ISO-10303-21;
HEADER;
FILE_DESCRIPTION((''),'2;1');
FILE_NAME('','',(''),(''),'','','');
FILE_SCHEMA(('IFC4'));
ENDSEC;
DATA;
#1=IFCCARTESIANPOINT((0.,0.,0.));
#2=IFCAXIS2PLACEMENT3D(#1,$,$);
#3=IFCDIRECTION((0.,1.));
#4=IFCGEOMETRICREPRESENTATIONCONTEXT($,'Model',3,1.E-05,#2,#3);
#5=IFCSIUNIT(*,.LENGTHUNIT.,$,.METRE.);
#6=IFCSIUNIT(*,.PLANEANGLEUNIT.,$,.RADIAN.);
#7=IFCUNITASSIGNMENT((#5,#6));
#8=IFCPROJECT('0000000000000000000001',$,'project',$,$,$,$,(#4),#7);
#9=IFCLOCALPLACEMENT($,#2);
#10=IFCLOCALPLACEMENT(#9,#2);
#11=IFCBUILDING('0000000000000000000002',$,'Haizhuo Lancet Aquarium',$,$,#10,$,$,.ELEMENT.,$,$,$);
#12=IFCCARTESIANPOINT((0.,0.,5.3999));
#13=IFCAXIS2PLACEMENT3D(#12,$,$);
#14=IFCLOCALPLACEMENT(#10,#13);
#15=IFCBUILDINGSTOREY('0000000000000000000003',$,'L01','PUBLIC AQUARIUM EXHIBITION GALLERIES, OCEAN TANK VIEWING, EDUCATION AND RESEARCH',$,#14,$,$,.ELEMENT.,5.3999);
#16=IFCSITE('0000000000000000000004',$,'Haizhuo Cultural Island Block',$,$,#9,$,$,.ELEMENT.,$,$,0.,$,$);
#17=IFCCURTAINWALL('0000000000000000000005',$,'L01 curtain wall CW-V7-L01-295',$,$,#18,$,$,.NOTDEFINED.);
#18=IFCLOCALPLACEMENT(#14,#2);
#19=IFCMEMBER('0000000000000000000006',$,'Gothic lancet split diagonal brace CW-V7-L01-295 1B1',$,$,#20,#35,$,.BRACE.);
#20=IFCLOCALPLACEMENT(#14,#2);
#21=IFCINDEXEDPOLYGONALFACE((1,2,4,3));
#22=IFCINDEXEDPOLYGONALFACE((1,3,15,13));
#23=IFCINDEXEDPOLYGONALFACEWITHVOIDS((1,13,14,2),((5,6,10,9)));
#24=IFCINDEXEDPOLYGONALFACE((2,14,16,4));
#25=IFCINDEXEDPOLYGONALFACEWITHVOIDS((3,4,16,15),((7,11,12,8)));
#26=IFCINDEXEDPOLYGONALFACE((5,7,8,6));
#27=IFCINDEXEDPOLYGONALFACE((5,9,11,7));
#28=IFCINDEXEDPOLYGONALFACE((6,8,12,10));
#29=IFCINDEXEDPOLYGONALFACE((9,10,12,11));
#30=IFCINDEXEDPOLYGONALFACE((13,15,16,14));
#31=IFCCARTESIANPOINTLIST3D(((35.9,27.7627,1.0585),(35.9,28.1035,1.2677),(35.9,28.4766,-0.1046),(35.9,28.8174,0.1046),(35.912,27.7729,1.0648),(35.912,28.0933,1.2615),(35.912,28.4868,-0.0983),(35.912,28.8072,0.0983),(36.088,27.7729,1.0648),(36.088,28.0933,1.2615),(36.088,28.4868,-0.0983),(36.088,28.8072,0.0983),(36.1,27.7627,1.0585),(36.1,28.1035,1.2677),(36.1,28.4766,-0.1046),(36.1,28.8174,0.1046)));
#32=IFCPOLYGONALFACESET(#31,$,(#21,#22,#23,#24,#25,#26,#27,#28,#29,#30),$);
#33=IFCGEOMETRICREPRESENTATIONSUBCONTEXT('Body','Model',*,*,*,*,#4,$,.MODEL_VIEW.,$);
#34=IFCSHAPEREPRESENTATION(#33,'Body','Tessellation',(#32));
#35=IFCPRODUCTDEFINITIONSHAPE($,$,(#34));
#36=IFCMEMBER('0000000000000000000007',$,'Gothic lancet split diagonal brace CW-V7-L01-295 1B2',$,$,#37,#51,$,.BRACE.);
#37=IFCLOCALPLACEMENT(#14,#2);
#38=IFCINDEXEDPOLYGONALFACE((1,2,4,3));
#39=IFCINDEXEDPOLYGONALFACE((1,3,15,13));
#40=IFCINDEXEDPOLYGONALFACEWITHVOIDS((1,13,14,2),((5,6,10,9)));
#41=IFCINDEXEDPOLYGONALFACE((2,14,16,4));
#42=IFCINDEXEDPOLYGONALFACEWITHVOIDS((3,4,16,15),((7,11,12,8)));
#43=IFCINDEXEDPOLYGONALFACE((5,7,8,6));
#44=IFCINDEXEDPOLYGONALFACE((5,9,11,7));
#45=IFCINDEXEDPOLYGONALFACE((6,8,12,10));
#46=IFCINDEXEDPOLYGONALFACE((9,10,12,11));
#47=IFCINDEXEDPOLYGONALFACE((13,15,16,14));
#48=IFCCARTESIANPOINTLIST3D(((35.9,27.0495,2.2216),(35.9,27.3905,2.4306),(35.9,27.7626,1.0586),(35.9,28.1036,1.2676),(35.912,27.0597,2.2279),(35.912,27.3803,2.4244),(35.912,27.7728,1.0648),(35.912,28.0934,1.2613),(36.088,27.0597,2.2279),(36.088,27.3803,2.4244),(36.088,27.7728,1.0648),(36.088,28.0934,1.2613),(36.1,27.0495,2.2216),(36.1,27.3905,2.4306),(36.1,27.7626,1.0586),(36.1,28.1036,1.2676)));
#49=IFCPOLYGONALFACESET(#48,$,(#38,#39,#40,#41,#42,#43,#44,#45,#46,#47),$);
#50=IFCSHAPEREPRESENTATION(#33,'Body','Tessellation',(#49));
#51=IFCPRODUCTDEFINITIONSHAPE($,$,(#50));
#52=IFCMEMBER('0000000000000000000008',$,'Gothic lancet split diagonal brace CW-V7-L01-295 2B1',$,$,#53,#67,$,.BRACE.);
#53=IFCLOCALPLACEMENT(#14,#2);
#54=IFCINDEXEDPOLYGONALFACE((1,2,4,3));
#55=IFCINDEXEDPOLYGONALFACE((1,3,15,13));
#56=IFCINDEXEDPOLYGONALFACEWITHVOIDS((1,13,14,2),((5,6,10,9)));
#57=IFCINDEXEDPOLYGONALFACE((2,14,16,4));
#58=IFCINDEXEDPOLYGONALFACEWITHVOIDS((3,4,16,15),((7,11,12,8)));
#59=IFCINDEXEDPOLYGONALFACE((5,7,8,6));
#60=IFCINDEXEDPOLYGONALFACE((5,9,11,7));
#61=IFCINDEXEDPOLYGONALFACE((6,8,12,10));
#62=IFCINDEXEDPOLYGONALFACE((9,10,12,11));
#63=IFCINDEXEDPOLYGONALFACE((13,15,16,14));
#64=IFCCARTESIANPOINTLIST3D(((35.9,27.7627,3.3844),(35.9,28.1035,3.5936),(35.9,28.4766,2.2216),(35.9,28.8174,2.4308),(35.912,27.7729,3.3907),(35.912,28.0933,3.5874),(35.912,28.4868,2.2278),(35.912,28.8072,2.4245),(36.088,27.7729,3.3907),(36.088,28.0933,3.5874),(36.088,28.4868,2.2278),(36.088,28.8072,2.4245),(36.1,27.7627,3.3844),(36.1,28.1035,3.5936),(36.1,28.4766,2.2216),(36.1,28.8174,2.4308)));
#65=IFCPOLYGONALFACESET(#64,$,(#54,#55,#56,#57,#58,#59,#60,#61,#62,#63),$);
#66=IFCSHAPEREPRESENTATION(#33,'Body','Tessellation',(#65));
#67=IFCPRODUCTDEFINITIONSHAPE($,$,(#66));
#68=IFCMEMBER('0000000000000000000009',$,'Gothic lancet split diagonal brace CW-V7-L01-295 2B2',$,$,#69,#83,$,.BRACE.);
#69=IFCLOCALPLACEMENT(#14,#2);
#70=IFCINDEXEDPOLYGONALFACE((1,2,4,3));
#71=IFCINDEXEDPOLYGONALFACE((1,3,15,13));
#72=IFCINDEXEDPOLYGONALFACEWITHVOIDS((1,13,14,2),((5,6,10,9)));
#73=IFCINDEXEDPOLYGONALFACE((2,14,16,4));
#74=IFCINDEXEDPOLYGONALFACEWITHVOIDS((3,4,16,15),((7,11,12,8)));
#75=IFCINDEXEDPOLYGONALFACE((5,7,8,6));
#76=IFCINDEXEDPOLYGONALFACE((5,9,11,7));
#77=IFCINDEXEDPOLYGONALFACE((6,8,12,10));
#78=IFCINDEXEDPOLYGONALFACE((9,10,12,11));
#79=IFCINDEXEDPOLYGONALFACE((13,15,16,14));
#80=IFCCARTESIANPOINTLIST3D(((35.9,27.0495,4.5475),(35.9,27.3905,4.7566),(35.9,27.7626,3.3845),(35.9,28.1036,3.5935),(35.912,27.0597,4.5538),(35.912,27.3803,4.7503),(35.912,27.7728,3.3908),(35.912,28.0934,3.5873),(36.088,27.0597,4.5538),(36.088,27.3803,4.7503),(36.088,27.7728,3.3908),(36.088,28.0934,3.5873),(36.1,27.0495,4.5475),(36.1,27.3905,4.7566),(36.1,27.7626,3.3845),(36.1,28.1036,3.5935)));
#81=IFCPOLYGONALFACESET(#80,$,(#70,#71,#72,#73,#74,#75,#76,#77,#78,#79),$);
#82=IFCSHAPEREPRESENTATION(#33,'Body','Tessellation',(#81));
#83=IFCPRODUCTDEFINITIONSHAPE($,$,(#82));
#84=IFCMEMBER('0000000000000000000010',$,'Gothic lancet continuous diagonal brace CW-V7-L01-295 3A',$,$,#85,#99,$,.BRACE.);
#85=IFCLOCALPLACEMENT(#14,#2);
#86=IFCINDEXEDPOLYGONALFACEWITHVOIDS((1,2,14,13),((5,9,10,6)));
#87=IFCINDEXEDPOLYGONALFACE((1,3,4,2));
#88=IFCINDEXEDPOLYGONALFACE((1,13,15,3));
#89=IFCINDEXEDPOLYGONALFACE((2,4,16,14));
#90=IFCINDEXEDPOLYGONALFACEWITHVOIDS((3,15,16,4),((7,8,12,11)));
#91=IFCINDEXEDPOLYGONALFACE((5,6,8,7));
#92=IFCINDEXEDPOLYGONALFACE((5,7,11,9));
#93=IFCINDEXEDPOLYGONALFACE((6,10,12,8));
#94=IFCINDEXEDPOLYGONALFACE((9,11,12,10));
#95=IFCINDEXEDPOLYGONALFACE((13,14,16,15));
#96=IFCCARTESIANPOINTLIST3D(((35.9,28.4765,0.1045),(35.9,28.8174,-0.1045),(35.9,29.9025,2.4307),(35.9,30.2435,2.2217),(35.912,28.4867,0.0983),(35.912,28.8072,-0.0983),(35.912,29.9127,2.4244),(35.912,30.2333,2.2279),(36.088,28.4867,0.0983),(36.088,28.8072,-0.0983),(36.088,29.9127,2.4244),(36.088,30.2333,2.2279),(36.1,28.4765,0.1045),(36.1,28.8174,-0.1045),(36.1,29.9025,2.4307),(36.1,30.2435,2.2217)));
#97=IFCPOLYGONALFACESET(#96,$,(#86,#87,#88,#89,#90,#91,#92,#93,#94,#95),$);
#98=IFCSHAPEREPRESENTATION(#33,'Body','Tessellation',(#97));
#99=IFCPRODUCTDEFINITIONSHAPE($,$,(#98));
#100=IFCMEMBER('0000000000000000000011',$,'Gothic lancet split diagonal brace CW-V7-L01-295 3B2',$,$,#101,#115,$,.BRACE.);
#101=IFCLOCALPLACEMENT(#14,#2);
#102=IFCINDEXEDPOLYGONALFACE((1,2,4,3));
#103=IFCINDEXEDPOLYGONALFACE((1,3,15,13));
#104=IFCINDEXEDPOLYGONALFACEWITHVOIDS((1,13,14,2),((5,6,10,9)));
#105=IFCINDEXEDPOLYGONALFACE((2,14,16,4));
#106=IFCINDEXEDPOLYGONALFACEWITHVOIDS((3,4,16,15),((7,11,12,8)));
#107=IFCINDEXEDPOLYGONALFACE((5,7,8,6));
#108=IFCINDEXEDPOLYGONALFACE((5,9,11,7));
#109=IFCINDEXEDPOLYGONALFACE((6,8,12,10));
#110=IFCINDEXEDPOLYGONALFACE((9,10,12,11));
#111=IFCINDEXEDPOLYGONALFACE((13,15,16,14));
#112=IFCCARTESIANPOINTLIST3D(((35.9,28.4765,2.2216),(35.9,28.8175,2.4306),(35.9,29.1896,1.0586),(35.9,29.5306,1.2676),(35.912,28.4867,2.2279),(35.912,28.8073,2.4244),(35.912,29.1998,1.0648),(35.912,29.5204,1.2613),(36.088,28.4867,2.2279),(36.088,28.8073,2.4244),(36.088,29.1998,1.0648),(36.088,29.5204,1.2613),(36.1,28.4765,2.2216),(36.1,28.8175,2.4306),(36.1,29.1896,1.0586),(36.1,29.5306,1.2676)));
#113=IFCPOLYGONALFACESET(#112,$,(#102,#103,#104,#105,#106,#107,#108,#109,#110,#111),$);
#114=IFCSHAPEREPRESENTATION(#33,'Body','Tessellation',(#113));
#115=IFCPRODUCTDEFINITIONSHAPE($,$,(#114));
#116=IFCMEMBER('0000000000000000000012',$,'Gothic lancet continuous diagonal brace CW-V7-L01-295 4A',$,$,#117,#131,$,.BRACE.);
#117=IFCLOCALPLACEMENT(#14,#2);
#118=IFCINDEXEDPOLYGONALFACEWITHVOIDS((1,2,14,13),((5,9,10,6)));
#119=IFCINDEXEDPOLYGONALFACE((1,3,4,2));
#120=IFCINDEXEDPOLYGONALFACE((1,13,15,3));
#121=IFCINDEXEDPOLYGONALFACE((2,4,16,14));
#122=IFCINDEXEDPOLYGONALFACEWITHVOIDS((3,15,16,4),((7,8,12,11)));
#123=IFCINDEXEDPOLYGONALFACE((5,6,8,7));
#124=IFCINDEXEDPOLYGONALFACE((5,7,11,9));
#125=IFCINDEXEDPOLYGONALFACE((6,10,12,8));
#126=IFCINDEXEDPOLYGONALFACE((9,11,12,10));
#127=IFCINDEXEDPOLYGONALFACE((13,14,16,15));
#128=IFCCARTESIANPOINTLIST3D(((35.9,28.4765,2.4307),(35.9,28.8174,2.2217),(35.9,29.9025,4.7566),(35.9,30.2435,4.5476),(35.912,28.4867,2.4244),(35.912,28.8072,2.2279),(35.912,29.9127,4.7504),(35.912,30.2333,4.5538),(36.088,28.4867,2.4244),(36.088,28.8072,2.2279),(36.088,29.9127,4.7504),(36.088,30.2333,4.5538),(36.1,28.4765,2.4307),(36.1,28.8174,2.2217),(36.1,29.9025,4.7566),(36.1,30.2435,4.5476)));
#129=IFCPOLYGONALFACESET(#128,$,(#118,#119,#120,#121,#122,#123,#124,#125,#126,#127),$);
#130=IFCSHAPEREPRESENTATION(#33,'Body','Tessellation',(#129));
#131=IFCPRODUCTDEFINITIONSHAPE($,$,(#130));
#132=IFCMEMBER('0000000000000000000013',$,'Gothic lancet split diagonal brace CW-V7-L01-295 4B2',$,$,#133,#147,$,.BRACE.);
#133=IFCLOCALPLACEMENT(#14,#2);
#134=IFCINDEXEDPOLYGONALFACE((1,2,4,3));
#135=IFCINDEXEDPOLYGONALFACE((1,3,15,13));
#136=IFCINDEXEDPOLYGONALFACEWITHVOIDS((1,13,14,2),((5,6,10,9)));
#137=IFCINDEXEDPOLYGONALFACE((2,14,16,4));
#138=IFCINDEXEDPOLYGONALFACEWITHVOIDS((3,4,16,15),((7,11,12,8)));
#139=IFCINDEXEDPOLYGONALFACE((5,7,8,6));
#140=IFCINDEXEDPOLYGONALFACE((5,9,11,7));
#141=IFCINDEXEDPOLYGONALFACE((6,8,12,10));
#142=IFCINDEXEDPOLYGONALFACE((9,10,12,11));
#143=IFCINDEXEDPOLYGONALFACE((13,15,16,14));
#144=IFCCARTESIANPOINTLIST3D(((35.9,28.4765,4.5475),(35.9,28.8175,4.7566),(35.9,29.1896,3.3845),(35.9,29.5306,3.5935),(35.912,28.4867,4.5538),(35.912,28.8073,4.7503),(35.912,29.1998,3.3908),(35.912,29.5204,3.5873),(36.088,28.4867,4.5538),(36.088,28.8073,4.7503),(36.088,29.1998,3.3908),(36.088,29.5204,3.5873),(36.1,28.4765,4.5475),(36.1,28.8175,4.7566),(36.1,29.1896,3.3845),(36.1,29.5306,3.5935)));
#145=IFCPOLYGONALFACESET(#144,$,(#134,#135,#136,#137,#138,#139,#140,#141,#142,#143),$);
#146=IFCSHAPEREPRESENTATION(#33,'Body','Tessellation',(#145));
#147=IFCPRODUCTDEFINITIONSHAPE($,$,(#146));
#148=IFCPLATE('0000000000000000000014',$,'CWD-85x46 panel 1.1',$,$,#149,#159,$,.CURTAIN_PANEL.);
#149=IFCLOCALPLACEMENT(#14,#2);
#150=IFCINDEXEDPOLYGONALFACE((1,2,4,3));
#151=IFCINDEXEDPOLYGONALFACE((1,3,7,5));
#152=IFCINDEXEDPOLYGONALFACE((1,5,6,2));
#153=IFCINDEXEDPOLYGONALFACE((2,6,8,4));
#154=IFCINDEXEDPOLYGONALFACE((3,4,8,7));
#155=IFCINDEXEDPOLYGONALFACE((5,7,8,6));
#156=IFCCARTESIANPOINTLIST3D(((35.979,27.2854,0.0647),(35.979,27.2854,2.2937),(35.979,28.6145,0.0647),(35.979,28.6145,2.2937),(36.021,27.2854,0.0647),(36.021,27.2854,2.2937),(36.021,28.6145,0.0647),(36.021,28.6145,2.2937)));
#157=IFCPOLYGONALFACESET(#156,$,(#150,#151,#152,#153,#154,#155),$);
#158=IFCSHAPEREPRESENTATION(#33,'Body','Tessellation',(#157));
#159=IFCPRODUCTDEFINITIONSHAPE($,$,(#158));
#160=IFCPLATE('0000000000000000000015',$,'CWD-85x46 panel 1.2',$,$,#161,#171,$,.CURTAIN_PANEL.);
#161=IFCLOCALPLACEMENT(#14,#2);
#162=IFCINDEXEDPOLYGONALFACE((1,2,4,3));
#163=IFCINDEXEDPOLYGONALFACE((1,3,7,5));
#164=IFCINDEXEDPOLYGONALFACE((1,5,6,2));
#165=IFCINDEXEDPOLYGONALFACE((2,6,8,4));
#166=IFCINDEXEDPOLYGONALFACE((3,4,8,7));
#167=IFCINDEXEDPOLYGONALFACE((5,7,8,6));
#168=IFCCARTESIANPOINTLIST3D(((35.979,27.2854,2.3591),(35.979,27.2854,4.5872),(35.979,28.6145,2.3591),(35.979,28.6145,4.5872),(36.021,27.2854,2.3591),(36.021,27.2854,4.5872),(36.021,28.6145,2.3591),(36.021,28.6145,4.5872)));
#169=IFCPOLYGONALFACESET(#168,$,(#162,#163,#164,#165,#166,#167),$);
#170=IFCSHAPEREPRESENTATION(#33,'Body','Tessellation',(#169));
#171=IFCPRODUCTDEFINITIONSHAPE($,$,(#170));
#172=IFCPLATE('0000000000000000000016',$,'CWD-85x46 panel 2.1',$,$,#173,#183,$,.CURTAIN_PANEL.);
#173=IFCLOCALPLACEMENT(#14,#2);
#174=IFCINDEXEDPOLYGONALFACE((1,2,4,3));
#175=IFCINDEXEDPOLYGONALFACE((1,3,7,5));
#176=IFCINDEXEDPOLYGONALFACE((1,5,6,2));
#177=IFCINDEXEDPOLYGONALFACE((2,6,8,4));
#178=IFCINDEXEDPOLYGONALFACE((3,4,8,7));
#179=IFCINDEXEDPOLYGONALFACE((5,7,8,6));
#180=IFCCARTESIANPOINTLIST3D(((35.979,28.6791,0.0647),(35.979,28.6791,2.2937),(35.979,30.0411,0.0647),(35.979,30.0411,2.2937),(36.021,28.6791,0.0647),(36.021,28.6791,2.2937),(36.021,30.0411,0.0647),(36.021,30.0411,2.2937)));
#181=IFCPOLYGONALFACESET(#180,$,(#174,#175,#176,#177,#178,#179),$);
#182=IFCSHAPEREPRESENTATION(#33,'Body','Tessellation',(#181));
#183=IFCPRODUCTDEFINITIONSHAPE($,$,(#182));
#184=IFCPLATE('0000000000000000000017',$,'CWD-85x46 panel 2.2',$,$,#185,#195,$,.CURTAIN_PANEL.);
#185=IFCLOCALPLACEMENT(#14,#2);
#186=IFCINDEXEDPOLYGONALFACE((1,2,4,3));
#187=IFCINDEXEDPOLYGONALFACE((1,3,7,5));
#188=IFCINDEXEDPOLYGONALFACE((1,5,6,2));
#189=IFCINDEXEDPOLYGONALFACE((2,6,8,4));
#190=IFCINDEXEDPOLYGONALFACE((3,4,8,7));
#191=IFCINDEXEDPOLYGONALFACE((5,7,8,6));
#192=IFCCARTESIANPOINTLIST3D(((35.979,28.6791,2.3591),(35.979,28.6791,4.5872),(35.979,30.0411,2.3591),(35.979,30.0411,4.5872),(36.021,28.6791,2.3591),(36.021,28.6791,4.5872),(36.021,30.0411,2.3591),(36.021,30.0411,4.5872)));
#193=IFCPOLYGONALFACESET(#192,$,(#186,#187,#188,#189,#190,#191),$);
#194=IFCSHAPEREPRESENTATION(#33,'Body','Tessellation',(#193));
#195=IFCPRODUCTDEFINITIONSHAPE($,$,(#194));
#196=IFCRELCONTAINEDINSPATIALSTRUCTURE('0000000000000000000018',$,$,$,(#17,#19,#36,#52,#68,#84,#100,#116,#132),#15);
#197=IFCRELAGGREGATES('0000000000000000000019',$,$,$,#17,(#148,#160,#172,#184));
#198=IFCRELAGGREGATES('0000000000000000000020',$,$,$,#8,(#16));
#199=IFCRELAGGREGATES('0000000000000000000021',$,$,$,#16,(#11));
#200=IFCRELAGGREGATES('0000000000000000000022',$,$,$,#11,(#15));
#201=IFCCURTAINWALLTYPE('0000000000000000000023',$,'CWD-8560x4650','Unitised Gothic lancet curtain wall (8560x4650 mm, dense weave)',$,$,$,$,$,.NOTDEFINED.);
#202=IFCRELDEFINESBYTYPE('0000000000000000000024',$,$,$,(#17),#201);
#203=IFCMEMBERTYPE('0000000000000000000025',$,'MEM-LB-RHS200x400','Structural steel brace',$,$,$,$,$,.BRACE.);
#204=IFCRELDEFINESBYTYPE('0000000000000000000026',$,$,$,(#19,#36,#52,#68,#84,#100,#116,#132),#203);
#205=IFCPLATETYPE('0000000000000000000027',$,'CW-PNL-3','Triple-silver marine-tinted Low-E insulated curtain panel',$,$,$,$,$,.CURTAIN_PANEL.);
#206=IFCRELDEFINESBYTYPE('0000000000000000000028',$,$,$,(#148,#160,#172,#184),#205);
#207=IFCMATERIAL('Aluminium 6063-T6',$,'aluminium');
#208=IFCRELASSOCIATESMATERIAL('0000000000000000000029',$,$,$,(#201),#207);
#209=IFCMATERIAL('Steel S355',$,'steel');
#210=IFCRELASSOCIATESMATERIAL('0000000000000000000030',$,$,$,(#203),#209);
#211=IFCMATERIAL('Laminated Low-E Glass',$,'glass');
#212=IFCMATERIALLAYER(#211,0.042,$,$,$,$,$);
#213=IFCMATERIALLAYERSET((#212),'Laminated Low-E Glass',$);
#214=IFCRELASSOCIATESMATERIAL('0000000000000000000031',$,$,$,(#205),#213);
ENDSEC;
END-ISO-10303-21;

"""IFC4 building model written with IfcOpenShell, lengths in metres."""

from ifc_helpers import new_model, si_unit, direction, frame, origin, origin_2d, place, context, subcontext, project, spatial, rectangle, hollow_rectangle, extrude, material, layer, layer_set, material_profile, profile_set, type_object, element, aggregate, save


model = new_model("IFC4")

# Units and contexts
model_context = context("Model", 3, precision=1e-05, world=origin(), true_north=direction((0.0, 1.0)))
body_context = subcontext(model_context, "Body", "Model", "MODEL_VIEW")
ifc_project = project(units=[si_unit("LENGTHUNIT", "METRE"), si_unit("PLANEANGLEUNIT", "RADIAN")], contexts=[model_context])

# Site, building, storey
site_placement = place(None, origin())
site = spatial("IfcSite", under=ifc_project, at=site_placement, Name="Haizhuo Cultural Island Block", CompositionType="ELEMENT", RefElevation=0.0)
building_placement = place(site_placement, origin())
building = spatial("IfcBuilding", under=site, at=building_placement, Name="Haizhuo Lancet Aquarium", CompositionType="ELEMENT")
storey_placement = place(building_placement, frame((0.0, 0.0, 5.3999)))
storey = spatial("IfcBuildingStorey", under=building, at=storey_placement, Name="L01", Description="PUBLIC AQUARIUM EXHIBITION GALLERIES, OCEAN TANK VIEWING, EDUCATION AND RESEARCH", CompositionType="ELEMENT", Elevation=5.3999)

# Shared definitions
ifc_material_1 = material(Name="Steel S355", Category="steel")

# Curtain wall
ifc_material_2 = material(Name="Aluminium 6063-T6", Category="aluminium")
curtain_wall_type = type_object("IfcCurtainWallType", Name="CWD-8560x4650", Description="Unitised Gothic lancet curtain wall (8560x4650 mm, dense weave)", PredefinedType="NOTDEFINED", material=ifc_material_2)
curtain_wall_placement = place(storey_placement, origin())
curtain_wall = element("IfcCurtainWall", 1, at=curtain_wall_placement, inside=storey, type_object=curtain_wall_type, Name="L01 curtain wall CW-V7-L01-295", PredefinedType="NOTDEFINED")

# Members
ifc_material_profile_1 = material_profile(ifc_material_1, hollow_rectangle(XDim=0.2, YDim=0.3999, WallThickness=0.012, at=origin_2d()), Name="RHS 200x400x12")
ifc_profile_set_1 = profile_set([ifc_material_profile_1], Name="Steel S355")
member_type_1 = type_object("IfcMemberType", Name="MEM-LB-RHS200x400", Description="Structural steel brace", PredefinedType="BRACE", material=ifc_profile_set_1)
member_1_placement = place(storey_placement, frame((36.0, 28.647, 0.0), z_axis=(0.0, -0.523099, 0.852272), x_axis=(1.0, 0.0, 0.0)))
element("IfcMember", 2, at=member_1_placement, inside=storey, type_object=member_type_1, Name="Gothic lancet split diagonal brace CW-V7-L01-295 1B1", PredefinedType="BRACE", context=body_context, shape_type="SweptSolid", body=[
    extrude(hollow_rectangle(XDim=0.2, YDim=0.3999, WallThickness=0.012, at=origin_2d()), origin(), (0.0, 0.0, 1.0), 1.3647),
])
member_2_placement = place(storey_placement, frame((36.0, 27.9331, 1.1631), z_axis=(0.0, -0.522709, 0.852511), x_axis=(1.0, 0.0, 0.0)))
element("IfcMember", 3, at=member_2_placement, inside=storey, type_object=member_type_1, Name="Gothic lancet split diagonal brace CW-V7-L01-295 1B2", PredefinedType="BRACE", context=body_context, shape_type="SweptSolid", body=[
    extrude(hollow_rectangle(XDim=0.2, YDim=0.3999, WallThickness=0.012, at=origin_2d()), origin(), (0.0, 0.0, 1.0), 1.3643),
])
member_3_placement = place(storey_placement, frame((36.0, 28.647, 2.3262), z_axis=(0.0, -0.523179, 0.852223), x_axis=(1.0, 0.0, 0.0)))
element("IfcMember", 4, at=member_3_placement, inside=storey, type_object=member_type_1, Name="Gothic lancet split diagonal brace CW-V7-L01-295 2B1", PredefinedType="BRACE", context=body_context, shape_type="SweptSolid", body=[
    extrude(hollow_rectangle(XDim=0.2, YDim=0.3999, WallThickness=0.012, at=origin_2d()), origin(), (0.0, 0.0, 1.0), 1.3645),
])
member_4_placement = place(storey_placement, frame((36.0, 27.9331, 3.489), z_axis=(0.0, -0.522709, 0.852511), x_axis=(1.0, 0.0, 0.0)))
element("IfcMember", 5, at=member_4_placement, inside=storey, type_object=member_type_1, Name="Gothic lancet split diagonal brace CW-V7-L01-295 2B2", PredefinedType="BRACE", context=body_context, shape_type="SweptSolid", body=[
    extrude(hollow_rectangle(XDim=0.2, YDim=0.3999, WallThickness=0.012, at=origin_2d()), origin(), (0.0, 0.0, 1.0), 1.3643),
])
member_5_placement = place(storey_placement, frame((36.0, 28.647, 0.0), z_axis=(0.0, 0.522644, 0.852551), x_axis=(-1.0, 0.0, 0.0)))
element("IfcMember", 6, at=member_5_placement, inside=storey, type_object=member_type_1, Name="Gothic lancet continuous diagonal brace CW-V7-L01-295 3A", PredefinedType="BRACE", context=body_context, shape_type="SweptSolid", body=[
    extrude(hollow_rectangle(XDim=0.2, YDim=0.3999, WallThickness=0.012, at=origin_2d()), origin(), (0.0, 0.0, 1.0), 2.7285),
])
member_6_placement = place(storey_placement, frame((36.0, 29.3601, 1.1631), z_axis=(0.0, -0.522709, 0.852511), x_axis=(1.0, 0.0, 0.0)))
element("IfcMember", 7, at=member_6_placement, inside=storey, type_object=member_type_1, Name="Gothic lancet split diagonal brace CW-V7-L01-295 3B2", PredefinedType="BRACE", context=body_context, shape_type="SweptSolid", body=[
    extrude(hollow_rectangle(XDim=0.2, YDim=0.3999, WallThickness=0.012, at=origin_2d()), origin(), (0.0, 0.0, 1.0), 1.3643),
])
member_7_placement = place(storey_placement, frame((36.0, 28.647, 2.3262), z_axis=(0.0, 0.522684, 0.852527), x_axis=(-1.0, 0.0, 0.0)))
element("IfcMember", 8, at=member_7_placement, inside=storey, type_object=member_type_1, Name="Gothic lancet continuous diagonal brace CW-V7-L01-295 4A", PredefinedType="BRACE", context=body_context, shape_type="SweptSolid", body=[
    extrude(hollow_rectangle(XDim=0.2, YDim=0.3999, WallThickness=0.012, at=origin_2d()), origin(), (0.0, 0.0, 1.0), 2.7283),
])
member_8_placement = place(storey_placement, frame((36.0, 29.3601, 3.489), z_axis=(0.0, -0.522709, 0.852511), x_axis=(1.0, 0.0, 0.0)))
element("IfcMember", 9, at=member_8_placement, inside=storey, type_object=member_type_1, Name="Gothic lancet split diagonal brace CW-V7-L01-295 4B2", PredefinedType="BRACE", context=body_context, shape_type="SweptSolid", body=[
    extrude(hollow_rectangle(XDim=0.2, YDim=0.3999, WallThickness=0.012, at=origin_2d()), origin(), (0.0, 0.0, 1.0), 1.3643),
])

# Plates
ifc_material_3 = material(Name="Laminated Low-E Glass", Category="glass")
ifc_layer_1 = layer(ifc_material_3, 0.042)
ifc_layer_set_1 = layer_set([ifc_layer_1], Name="Laminated Low-E Glass")
plate_type = type_object("IfcPlateType", Name="CW-PNL-3", Description="Triple-silver marine-tinted Low-E insulated curtain panel", PredefinedType="CURTAIN_PANEL", material=ifc_layer_set_1)
plate_1_placement = place(storey_placement, frame((36.0, 27.95, 0.0647), z_axis=(0.0, 0.0, 1.0), x_axis=(0.0, 1.0, 0.0)))
plate_1 = element("IfcPlate", 10, at=plate_1_placement, type_object=plate_type, Name="CWD-85x46 panel 1.1", PredefinedType="CURTAIN_PANEL", context=body_context, shape_type="SweptSolid", body=[
    extrude(rectangle(XDim=1.3291, YDim=0.042, at=origin_2d()), origin(), (0.0, 0.0, 1.0), 2.229),
])
plate_2_placement = place(storey_placement, frame((36.0, 27.95, 2.3591), z_axis=(0.0, 0.0, 1.0), x_axis=(0.0, 1.0, 0.0)))
plate_2 = element("IfcPlate", 11, at=plate_2_placement, type_object=plate_type, Name="CWD-85x46 panel 1.2", PredefinedType="CURTAIN_PANEL", context=body_context, shape_type="SweptSolid", body=[
    extrude(rectangle(XDim=1.3291, YDim=0.042, at=origin_2d()), origin(), (0.0, 0.0, 1.0), 2.228),
])
plate_3_placement = place(storey_placement, frame((36.0, 29.3601, 0.0647), z_axis=(0.0, 0.0, 1.0), x_axis=(0.0, 1.0, 0.0)))
plate_3 = element("IfcPlate", 12, at=plate_3_placement, type_object=plate_type, Name="CWD-85x46 panel 2.1", PredefinedType="CURTAIN_PANEL", context=body_context, shape_type="SweptSolid", body=[
    extrude(rectangle(XDim=1.3621, YDim=0.042, at=origin_2d()), origin(), (0.0, 0.0, 1.0), 2.229),
])
plate_4_placement = place(storey_placement, frame((36.0, 29.3601, 2.3591), z_axis=(0.0, 0.0, 1.0), x_axis=(0.0, 1.0, 0.0)))
plate_4 = element("IfcPlate", 13, at=plate_4_placement, type_object=plate_type, Name="CWD-85x46 panel 2.2", PredefinedType="CURTAIN_PANEL", context=body_context, shape_type="SweptSolid", body=[
    extrude(rectangle(XDim=1.3621, YDim=0.042, at=origin_2d()), origin(), (0.0, 0.0, 1.0), 2.228),
])
aggregate(curtain_wall, [plate_1, plate_2, plate_3, plate_4])

save(model, "model.ifc")
